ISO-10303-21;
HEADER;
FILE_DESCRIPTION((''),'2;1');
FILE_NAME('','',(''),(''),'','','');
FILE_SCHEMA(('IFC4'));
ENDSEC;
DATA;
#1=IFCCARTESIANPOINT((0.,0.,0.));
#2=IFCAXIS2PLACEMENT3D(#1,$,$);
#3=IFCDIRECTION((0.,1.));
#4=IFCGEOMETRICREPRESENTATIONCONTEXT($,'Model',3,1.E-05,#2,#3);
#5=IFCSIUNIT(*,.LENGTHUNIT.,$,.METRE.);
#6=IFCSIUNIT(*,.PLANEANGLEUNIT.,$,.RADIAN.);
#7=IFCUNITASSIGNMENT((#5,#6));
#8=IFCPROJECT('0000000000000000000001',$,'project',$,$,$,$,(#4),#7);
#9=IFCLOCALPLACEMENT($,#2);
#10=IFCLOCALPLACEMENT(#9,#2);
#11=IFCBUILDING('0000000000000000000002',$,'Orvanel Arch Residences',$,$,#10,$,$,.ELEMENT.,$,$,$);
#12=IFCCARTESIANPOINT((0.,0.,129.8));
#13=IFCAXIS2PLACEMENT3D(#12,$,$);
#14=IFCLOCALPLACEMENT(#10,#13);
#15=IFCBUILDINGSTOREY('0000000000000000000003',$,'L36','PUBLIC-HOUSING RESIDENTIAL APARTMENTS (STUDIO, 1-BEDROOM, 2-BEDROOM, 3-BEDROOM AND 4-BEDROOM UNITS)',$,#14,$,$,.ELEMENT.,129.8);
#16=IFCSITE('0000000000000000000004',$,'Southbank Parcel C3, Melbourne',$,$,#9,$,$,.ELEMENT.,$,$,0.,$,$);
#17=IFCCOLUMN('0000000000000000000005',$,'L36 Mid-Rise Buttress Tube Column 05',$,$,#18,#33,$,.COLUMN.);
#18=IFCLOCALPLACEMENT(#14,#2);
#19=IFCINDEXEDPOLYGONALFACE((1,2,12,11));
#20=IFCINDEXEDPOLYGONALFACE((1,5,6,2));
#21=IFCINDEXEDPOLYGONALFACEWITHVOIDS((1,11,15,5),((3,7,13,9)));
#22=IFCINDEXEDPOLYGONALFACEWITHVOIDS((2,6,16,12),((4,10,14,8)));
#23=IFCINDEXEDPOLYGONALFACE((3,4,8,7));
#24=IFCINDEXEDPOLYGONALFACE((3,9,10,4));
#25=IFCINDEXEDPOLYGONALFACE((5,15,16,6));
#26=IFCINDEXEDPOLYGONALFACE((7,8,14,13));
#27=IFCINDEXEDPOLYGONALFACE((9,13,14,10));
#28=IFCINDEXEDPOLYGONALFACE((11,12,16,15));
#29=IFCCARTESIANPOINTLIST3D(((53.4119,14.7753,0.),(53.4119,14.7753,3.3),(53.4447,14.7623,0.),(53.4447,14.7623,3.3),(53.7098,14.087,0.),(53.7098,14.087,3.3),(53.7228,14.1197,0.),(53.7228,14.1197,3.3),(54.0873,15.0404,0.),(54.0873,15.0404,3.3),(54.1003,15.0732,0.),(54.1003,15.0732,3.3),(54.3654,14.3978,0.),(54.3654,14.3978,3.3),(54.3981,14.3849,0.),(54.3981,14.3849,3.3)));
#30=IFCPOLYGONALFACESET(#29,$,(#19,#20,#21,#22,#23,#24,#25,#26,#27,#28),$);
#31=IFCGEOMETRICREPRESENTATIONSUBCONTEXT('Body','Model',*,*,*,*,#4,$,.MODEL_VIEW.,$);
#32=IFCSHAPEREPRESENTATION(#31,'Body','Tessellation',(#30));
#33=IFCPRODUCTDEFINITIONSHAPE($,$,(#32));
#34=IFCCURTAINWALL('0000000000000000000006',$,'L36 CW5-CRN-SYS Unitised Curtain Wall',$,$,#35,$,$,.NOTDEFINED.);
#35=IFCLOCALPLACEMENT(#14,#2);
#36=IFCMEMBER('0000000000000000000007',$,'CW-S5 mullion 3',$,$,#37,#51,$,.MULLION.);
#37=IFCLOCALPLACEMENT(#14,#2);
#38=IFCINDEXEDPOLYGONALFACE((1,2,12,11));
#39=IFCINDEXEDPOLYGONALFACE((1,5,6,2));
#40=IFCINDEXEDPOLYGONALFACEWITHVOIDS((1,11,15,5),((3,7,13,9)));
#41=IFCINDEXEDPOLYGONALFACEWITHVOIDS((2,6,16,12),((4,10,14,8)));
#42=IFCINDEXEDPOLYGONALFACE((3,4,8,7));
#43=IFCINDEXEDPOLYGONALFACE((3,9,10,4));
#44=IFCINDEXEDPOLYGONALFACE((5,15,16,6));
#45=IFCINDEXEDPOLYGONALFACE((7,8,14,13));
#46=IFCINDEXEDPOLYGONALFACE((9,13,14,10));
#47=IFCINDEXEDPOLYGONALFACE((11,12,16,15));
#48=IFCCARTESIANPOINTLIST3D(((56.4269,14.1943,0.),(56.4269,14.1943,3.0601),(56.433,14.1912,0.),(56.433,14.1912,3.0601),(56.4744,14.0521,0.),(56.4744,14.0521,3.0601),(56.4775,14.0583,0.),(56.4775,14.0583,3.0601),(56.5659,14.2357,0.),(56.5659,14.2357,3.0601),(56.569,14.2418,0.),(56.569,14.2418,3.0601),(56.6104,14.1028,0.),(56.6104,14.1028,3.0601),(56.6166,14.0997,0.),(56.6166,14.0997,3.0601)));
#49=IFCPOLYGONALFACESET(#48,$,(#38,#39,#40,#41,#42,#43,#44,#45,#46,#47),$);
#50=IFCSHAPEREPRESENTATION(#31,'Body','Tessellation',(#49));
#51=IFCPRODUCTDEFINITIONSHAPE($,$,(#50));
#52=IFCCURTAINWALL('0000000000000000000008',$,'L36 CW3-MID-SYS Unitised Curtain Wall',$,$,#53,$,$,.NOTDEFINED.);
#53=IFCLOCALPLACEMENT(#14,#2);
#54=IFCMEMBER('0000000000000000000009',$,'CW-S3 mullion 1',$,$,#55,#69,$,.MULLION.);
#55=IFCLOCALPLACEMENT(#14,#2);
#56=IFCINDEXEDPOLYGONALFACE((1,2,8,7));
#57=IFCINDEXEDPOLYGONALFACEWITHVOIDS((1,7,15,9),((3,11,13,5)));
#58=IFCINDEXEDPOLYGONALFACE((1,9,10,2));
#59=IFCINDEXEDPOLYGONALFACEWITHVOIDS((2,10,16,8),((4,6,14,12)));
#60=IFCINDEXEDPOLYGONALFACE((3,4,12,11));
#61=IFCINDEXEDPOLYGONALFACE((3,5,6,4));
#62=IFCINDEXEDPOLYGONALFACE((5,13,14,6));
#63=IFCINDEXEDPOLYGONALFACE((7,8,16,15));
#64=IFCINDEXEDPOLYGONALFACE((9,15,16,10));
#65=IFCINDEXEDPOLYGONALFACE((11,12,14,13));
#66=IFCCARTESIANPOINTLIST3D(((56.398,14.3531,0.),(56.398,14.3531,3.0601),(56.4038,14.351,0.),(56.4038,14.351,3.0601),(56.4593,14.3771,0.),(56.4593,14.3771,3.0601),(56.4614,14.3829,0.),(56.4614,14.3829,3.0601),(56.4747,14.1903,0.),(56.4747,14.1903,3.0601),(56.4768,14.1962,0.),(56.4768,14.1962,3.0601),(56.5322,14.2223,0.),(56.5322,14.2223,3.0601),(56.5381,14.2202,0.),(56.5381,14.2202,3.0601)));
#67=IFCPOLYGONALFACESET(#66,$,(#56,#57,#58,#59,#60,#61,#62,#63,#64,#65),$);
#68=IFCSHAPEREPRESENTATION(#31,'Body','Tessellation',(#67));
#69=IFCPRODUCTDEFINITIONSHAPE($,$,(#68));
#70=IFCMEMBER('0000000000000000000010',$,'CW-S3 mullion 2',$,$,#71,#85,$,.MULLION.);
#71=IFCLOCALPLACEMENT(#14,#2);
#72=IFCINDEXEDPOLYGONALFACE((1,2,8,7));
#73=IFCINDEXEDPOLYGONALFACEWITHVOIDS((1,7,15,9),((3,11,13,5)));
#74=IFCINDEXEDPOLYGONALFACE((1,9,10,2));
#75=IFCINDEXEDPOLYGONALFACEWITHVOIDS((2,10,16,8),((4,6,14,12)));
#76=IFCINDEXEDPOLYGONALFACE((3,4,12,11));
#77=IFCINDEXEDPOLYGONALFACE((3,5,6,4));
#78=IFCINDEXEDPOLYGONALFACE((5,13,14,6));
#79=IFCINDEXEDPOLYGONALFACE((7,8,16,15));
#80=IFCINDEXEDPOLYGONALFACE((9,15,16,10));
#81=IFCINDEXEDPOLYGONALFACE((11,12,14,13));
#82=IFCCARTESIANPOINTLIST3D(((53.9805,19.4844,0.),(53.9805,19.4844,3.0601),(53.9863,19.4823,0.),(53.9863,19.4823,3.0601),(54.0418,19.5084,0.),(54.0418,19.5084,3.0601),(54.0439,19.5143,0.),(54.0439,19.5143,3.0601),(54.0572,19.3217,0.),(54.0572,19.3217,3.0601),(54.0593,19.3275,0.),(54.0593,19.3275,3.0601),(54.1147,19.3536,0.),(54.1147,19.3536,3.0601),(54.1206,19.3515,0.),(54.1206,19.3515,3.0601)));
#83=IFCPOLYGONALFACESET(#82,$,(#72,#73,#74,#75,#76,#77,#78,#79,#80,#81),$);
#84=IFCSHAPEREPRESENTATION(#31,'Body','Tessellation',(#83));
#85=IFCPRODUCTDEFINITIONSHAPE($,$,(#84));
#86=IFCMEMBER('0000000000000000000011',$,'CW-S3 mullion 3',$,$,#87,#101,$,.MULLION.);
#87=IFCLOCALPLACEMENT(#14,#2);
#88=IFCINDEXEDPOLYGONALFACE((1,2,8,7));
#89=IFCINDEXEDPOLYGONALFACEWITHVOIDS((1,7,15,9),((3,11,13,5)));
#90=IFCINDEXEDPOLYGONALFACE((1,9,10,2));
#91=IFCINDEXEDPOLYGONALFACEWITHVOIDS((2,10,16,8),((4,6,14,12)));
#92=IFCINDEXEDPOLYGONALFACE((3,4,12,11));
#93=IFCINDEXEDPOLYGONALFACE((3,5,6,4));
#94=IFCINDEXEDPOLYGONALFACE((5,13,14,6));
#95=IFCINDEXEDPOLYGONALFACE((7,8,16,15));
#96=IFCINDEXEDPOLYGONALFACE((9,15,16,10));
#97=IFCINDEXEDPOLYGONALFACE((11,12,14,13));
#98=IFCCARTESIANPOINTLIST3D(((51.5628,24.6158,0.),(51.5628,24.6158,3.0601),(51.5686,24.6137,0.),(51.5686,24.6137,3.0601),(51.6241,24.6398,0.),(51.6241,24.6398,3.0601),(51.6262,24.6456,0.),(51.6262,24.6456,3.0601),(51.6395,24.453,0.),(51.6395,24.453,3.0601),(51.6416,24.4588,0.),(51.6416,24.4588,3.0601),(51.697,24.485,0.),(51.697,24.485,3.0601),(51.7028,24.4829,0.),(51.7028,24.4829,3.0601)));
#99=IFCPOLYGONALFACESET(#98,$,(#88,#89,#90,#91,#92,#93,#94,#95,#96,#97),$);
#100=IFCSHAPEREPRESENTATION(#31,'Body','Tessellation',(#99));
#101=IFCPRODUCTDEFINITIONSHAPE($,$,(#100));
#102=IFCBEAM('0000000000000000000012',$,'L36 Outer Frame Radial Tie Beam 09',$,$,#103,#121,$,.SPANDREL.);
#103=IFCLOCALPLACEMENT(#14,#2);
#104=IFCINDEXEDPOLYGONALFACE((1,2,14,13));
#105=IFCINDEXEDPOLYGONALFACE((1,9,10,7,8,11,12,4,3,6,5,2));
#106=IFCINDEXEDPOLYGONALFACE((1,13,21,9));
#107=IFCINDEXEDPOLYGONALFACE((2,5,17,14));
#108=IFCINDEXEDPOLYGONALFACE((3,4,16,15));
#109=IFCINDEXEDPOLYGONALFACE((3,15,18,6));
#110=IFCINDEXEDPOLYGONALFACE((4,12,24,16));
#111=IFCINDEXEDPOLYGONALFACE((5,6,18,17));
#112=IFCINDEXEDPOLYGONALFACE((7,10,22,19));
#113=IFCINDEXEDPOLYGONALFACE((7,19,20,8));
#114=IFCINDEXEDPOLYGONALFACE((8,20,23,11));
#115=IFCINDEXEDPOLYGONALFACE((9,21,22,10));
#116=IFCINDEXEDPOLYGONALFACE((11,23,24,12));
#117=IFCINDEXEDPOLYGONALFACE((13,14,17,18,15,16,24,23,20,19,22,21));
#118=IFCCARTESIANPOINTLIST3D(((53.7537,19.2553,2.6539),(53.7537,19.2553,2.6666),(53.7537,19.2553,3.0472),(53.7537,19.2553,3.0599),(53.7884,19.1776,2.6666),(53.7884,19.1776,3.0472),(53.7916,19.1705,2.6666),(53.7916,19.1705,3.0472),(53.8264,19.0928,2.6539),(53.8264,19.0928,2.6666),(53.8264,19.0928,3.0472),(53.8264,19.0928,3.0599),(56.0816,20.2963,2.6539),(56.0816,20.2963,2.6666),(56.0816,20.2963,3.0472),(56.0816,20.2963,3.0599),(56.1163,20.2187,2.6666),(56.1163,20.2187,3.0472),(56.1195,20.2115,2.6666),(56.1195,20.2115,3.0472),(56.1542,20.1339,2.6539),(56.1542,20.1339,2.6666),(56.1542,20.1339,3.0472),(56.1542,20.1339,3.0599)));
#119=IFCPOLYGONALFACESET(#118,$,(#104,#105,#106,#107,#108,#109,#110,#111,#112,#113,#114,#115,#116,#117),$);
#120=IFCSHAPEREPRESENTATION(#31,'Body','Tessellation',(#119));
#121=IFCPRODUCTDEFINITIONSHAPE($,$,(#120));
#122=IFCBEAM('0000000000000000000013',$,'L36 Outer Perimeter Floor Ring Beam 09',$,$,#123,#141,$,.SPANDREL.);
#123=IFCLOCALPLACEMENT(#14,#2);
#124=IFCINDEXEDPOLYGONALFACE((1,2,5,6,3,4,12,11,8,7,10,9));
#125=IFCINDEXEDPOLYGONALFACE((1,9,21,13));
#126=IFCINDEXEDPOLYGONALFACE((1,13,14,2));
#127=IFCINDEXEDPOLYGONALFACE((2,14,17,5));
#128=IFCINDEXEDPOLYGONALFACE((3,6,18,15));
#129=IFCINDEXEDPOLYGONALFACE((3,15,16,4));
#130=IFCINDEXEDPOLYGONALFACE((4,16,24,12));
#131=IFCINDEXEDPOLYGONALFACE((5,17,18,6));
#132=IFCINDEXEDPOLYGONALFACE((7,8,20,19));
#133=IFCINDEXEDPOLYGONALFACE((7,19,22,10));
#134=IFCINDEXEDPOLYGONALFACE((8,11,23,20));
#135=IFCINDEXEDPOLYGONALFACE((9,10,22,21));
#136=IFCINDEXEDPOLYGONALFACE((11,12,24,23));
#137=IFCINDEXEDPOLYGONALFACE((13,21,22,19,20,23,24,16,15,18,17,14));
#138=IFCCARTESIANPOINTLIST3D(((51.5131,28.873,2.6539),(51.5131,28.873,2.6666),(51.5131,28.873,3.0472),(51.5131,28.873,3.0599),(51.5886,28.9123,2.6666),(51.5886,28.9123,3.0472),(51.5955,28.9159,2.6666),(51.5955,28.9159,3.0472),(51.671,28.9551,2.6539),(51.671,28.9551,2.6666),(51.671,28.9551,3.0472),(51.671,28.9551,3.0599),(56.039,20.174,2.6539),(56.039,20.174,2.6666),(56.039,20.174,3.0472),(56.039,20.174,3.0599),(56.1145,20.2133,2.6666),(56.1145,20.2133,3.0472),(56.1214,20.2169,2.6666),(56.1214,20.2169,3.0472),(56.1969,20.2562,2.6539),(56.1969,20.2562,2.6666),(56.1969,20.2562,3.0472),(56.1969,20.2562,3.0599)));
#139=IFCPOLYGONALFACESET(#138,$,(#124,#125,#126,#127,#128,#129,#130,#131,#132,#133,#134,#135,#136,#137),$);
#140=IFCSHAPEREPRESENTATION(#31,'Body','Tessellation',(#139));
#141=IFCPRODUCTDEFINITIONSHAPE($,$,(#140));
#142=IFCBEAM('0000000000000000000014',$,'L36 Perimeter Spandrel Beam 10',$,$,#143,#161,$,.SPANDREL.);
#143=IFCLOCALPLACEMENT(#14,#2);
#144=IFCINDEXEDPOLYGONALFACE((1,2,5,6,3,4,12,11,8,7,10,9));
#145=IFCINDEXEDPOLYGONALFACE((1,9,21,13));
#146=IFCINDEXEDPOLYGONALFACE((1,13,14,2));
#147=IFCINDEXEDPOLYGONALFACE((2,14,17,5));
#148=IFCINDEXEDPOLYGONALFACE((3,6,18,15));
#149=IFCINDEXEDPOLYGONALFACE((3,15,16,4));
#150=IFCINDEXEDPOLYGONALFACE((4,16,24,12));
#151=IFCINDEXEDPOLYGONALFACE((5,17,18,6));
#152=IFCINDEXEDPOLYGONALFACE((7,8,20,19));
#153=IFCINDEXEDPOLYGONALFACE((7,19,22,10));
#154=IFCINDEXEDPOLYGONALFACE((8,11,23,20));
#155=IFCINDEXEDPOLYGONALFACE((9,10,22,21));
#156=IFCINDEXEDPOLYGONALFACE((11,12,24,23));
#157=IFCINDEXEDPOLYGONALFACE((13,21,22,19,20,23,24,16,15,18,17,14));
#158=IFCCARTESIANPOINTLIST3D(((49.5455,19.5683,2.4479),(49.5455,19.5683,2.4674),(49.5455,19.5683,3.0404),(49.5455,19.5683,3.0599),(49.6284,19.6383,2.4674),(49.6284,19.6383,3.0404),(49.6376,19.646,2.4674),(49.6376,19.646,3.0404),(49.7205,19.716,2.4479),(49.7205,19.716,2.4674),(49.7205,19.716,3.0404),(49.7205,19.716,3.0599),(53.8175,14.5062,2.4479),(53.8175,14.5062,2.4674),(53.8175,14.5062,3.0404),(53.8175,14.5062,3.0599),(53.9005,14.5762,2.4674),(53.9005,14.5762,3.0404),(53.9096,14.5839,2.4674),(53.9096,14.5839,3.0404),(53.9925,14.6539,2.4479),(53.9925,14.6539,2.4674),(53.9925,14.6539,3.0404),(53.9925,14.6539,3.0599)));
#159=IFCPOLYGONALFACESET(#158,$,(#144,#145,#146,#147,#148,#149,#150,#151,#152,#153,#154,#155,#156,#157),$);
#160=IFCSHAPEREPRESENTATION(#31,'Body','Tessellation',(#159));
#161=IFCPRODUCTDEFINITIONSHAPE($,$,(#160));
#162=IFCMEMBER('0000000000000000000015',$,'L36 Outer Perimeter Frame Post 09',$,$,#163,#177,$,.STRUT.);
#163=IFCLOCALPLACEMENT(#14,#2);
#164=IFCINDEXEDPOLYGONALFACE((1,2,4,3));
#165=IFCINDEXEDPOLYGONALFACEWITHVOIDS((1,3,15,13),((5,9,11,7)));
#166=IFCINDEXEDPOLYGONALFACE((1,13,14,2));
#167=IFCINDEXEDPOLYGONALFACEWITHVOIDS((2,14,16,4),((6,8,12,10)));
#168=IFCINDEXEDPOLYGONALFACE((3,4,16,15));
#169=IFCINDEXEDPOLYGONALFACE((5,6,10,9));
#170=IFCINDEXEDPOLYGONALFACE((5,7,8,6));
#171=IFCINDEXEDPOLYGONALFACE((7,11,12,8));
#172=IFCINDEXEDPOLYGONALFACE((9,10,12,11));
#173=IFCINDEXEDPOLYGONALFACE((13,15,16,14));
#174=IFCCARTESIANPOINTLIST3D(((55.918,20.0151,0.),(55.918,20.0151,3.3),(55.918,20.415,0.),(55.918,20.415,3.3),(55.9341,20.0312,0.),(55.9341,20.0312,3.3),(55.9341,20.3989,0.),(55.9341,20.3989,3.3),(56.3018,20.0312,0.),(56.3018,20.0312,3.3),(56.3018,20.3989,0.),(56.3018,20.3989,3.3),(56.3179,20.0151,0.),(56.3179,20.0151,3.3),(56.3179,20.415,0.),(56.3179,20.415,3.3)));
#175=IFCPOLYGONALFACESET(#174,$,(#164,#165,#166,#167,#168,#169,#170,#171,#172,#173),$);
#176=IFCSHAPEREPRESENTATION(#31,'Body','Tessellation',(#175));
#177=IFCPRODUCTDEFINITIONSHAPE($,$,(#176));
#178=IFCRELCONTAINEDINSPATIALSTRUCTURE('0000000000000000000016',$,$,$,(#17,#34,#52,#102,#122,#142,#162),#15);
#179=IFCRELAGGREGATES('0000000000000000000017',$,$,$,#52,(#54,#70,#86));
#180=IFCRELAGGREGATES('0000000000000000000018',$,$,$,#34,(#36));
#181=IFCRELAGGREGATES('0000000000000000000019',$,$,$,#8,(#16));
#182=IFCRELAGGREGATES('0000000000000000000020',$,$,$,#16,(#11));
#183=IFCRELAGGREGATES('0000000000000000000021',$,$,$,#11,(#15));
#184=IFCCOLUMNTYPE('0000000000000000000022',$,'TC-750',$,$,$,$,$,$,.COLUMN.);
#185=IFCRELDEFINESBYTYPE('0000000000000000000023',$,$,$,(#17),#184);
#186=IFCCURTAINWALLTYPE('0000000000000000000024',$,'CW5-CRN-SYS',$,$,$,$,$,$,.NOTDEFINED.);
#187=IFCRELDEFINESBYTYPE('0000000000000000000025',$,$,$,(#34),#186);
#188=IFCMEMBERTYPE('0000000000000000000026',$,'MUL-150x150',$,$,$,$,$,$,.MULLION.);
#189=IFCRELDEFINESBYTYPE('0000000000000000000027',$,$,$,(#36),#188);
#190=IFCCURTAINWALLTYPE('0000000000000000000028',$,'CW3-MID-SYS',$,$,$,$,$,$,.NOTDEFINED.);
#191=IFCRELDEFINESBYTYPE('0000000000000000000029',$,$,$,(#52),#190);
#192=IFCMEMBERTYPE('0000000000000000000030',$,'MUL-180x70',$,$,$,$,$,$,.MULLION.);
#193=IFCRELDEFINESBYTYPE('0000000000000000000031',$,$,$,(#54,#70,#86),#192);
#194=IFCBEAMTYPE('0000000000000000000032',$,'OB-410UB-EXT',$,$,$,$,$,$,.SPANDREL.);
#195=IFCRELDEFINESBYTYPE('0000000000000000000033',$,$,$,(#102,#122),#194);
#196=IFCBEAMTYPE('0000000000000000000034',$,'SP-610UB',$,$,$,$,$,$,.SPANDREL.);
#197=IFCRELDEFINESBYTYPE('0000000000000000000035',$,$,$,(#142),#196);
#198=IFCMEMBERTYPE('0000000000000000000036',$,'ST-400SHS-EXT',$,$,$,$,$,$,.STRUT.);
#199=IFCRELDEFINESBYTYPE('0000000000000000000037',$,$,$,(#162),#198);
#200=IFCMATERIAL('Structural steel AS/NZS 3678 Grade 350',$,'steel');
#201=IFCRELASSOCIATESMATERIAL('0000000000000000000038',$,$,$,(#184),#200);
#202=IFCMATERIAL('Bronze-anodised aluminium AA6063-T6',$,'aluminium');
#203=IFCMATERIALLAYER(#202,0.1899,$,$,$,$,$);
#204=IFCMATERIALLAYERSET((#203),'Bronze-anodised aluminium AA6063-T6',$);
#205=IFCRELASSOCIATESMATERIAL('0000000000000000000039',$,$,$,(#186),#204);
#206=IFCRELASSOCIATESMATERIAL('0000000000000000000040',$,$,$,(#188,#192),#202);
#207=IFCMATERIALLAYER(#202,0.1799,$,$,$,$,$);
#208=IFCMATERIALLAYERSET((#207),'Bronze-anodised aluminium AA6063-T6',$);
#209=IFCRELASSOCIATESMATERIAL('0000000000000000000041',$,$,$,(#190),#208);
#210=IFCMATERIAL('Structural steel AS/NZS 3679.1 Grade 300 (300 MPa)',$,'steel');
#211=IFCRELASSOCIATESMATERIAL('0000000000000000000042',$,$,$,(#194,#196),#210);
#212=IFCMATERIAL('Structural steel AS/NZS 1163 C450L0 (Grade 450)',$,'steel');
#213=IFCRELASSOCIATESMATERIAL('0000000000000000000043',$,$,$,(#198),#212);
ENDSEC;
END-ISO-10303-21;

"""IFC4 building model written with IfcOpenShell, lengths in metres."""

from ifc_helpers import new_model, si_unit, direction, frame, origin, origin_2d, place, context, subcontext, project, spatial, hollow_rectangle, i_section, extrude, material, layer, layer_set, material_profile, profile_set, type_object, element, aggregate, save


model = new_model("IFC4")

# Units and contexts
model_context = context("Model", 3, precision=1e-05, world=origin(), true_north=direction((0.0, 1.0)))
body_context = subcontext(model_context, "Body", "Model", "MODEL_VIEW")
ifc_project = project(units=[si_unit("LENGTHUNIT", "METRE"), si_unit("PLANEANGLEUNIT", "RADIAN")], contexts=[model_context])

# Site, building, storey
site_placement = place(None, origin())
site = spatial("IfcSite", under=ifc_project, at=site_placement, Name="Southbank Parcel C3, Melbourne", CompositionType="ELEMENT", RefElevation=0.0)
building_placement = place(site_placement, origin())
building = spatial("IfcBuilding", under=site, at=building_placement, Name="Orvanel Arch Residences", CompositionType="ELEMENT")
storey_placement = place(building_placement, frame((0.0, 0.0, 129.8)))
storey = spatial("IfcBuildingStorey", under=building, at=storey_placement, Name="L36", Description="PUBLIC-HOUSING RESIDENTIAL APARTMENTS (STUDIO, 1-BEDROOM, 2-BEDROOM, 3-BEDROOM AND 4-BEDROOM UNITS)", CompositionType="ELEMENT", Elevation=129.8)

# Column
ifc_material_1 = material(Name="Structural steel AS/NZS 3678 Grade 350", Category="steel")
ifc_material_profile_1 = material_profile(ifc_material_1, hollow_rectangle(XDim=0.75, YDim=0.75, WallThickness=0.0249, at=origin_2d()), Name="BOX750x750x25")
ifc_profile_set_1 = profile_set([ifc_material_profile_1], Name="Structural steel AS/NZS 3678 Grade 350")
column_type = type_object("IfcColumnType", Name="TC-750", PredefinedType="COLUMN", material=ifc_profile_set_1)
column_placement = place(storey_placement, frame((53.905, 14.5801, 0.0), z_axis=(0.0, 0.0, 1.0), x_axis=(-0.397148, 0.917755, 0.0)))
element("IfcColumn", 1, at=column_placement, inside=storey, type_object=column_type, Name="L36 Mid-Rise Buttress Tube Column 05", PredefinedType="COLUMN", context=body_context, shape_type="SweptSolid", body=[
    extrude(hollow_rectangle(XDim=0.75, YDim=0.75, WallThickness=0.0249, at=origin_2d()), origin(), (0.0, 0.0, 1.0), 3.3),
])

# Curtain wall, member
ifc_material_2 = material(Name="Bronze-anodised aluminium AA6063-T6", Category="aluminium")
ifc_layer_1 = layer(ifc_material_2, 0.1899)
ifc_layer_set_1 = layer_set([ifc_layer_1], Name="Bronze-anodised aluminium AA6063-T6")
curtain_wall_type_1 = type_object("IfcCurtainWallType", Name="CW5-CRN-SYS", PredefinedType="NOTDEFINED", material=ifc_layer_set_1)
curtain_wall_1_placement = place(storey_placement, origin())
curtain_wall_1 = element("IfcCurtainWall", 2, at=curtain_wall_1_placement, inside=storey, type_object=curtain_wall_type_1, Name="L36 CW5-CRN-SYS Unitised Curtain Wall", PredefinedType="NOTDEFINED")
ifc_material_profile_2 = material_profile(ifc_material_2, hollow_rectangle(XDim=0.1499, YDim=0.1499, WallThickness=0.0049, at=origin_2d()), Name="ALU150x150x5")
ifc_profile_set_2 = profile_set([ifc_material_profile_2], Name="Bronze-anodised aluminium AA6063-T6")
member_type_1 = type_object("IfcMemberType", Name="MUL-150x150", PredefinedType="MULLION", material=ifc_profile_set_2)
member_1_placement = place(storey_placement, frame((56.5217, 14.147, 0.0), z_axis=(0.0, 0.0, 1.0), x_axis=(-0.948304, -0.317365, 0.0)))
member_1 = element("IfcMember", 3, at=member_1_placement, type_object=member_type_1, Name="CW-S5 mullion 3", PredefinedType="MULLION", context=body_context, shape_type="SweptSolid", body=[
    extrude(hollow_rectangle(XDim=0.1499, YDim=0.1499, WallThickness=0.0049, at=origin_2d()), origin(), (0.0, 0.0, 1.0), 3.0601),
])

# Curtain wall, members
ifc_layer_2 = layer(ifc_material_2, 0.1799)
ifc_layer_set_2 = layer_set([ifc_layer_2], Name="Bronze-anodised aluminium AA6063-T6")
curtain_wall_type_2 = type_object("IfcCurtainWallType", Name="CW3-MID-SYS", PredefinedType="NOTDEFINED", material=ifc_layer_set_2)
curtain_wall_2_placement = place(storey_placement, origin())
curtain_wall_2 = element("IfcCurtainWall", 4, at=curtain_wall_2_placement, inside=storey, type_object=curtain_wall_type_2, Name="L36 CW3-MID-SYS Unitised Curtain Wall", PredefinedType="NOTDEFINED")
ifc_material_profile_3 = material_profile(ifc_material_2, hollow_rectangle(XDim=0.0701, YDim=0.1799, WallThickness=0.0044, at=origin_2d()), Name="ALU180x70x4.5")
ifc_profile_set_3 = profile_set([ifc_material_profile_3], Name="Bronze-anodised aluminium AA6063-T6")
member_type_2 = type_object("IfcMemberType", Name="MUL-180x70", PredefinedType="MULLION", material=ifc_profile_set_3)
member_2_placement = place(storey_placement, frame((56.468, 14.2866, 0.0), z_axis=(0.0, 0.0, 1.0), x_axis=(-0.904626, -0.426206, 0.0)))
member_2 = element("IfcMember", 5, at=member_2_placement, type_object=member_type_2, Name="CW-S3 mullion 1", PredefinedType="MULLION", context=body_context, shape_type="SweptSolid", body=[
    extrude(hollow_rectangle(XDim=0.0701, YDim=0.1799, WallThickness=0.0044, at=origin_2d()), origin(), (0.0, 0.0, 1.0), 3.0601),
])
member_3_placement = place(storey_placement, frame((54.0505, 19.418, 0.0), z_axis=(0.0, 0.0, 1.0), x_axis=(-0.904626, -0.426206, 0.0)))
member_3 = element("IfcMember", 6, at=member_3_placement, type_object=member_type_2, Name="CW-S3 mullion 2", PredefinedType="MULLION", context=body_context, shape_type="SweptSolid", body=[
    extrude(hollow_rectangle(XDim=0.0701, YDim=0.1799, WallThickness=0.0044, at=origin_2d()), origin(), (0.0, 0.0, 1.0), 3.0601),
])
member_4_placement = place(storey_placement, frame((51.6328, 24.5493, 0.0), z_axis=(0.0, 0.0, 1.0), x_axis=(-0.904626, -0.426206, 0.0)))
member_4 = element("IfcMember", 7, at=member_4_placement, type_object=member_type_2, Name="CW-S3 mullion 3", PredefinedType="MULLION", context=body_context, shape_type="SweptSolid", body=[
    extrude(hollow_rectangle(XDim=0.0701, YDim=0.1799, WallThickness=0.0044, at=origin_2d()), origin(), (0.0, 0.0, 1.0), 3.0601),
])

# Beams
ifc_material_3 = material(Name="Structural steel AS/NZS 3679.1 Grade 300 (300 MPa)", Category="steel")
ifc_material_profile_4 = material_profile(ifc_material_3, i_section(OverallWidth=0.178, OverallDepth=0.406, WebThickness=0.0078, FlangeThickness=0.0127, at=origin_2d()), Name="410UB59.7")
ifc_profile_set_4 = profile_set([ifc_material_profile_4], Name="Structural steel AS/NZS 3679.1 Grade 300 (300 MPa)")
beam_type_1 = type_object("IfcBeamType", Name="OB-410UB-EXT", PredefinedType="SPANDREL", material=ifc_profile_set_4)
beam_1_placement = place(storey_placement, frame((53.79, 19.1741, 2.8569), z_axis=(0.912877, 0.408234, 0.0), x_axis=(-0.408234, 0.912877, 0.0)))
element("IfcBeam", 8, at=beam_1_placement, inside=storey, type_object=beam_type_1, Name="L36 Outer Frame Radial Tie Beam 09", PredefinedType="SPANDREL", context=body_context, shape_type="SweptSolid", body=[
    extrude(i_section(OverallWidth=0.178, OverallDepth=0.406, WebThickness=0.0078, FlangeThickness=0.0127, at=origin_2d()), origin(), (0.0, 0.0, 1.0), 2.55),
])
beam_2_placement = place(storey_placement, frame((56.1179, 20.2151, 2.8569), z_axis=(-0.461546, 0.887116, 0.0), x_axis=(-0.887116, -0.461546, 0.0)))
element("IfcBeam", 9, at=beam_2_placement, inside=storey, type_object=beam_type_1, Name="L36 Outer Perimeter Floor Ring Beam 09", PredefinedType="SPANDREL", context=body_context, shape_type="SweptSolid", body=[
    extrude(i_section(OverallWidth=0.178, OverallDepth=0.406, WebThickness=0.0078, FlangeThickness=0.0127, at=origin_2d()), origin(), (0.0, 0.0, 1.0), 9.8059),
])
ifc_material_profile_5 = material_profile(ifc_material_3, i_section(OverallWidth=0.229, OverallDepth=0.6121, WebThickness=0.012, FlangeThickness=0.0195, at=origin_2d()), Name="610UB125")
ifc_profile_set_5 = profile_set([ifc_material_profile_5], Name="Structural steel AS/NZS 3679.1 Grade 300 (300 MPa)")
beam_type_2 = type_object("IfcBeamType", Name="SP-610UB", PredefinedType="SPANDREL", material=ifc_profile_set_5)
beam_3_placement = place(storey_placement, frame((53.905, 14.5801, 2.7539), z_axis=(-0.64495, 0.764224, 0.0), x_axis=(-0.764224, -0.64495, 0.0)))
element("IfcBeam", 10, at=beam_3_placement, inside=storey, type_object=beam_type_2, Name="L36 Perimeter Spandrel Beam 10", PredefinedType="SPANDREL", context=body_context, shape_type="SweptSolid", body=[
    extrude(i_section(OverallWidth=0.229, OverallDepth=0.6121, WebThickness=0.012, FlangeThickness=0.0195, at=origin_2d()), origin(), (0.0, 0.0, 1.0), 6.6238),
])

# Member
ifc_material_4 = material(Name="Structural steel AS/NZS 1163 C450L0 (Grade 450)", Category="steel")
ifc_material_profile_6 = material_profile(ifc_material_4, hollow_rectangle(XDim=0.3999, YDim=0.3999, WallThickness=0.0161, at=origin_2d()), Name="SHS400x400x16")
ifc_profile_set_6 = profile_set([ifc_material_profile_6], Name="Structural steel AS/NZS 1163 C450L0 (Grade 450)")
member_type_3 = type_object("IfcMemberType", Name="ST-400SHS-EXT", PredefinedType="STRUT", material=ifc_profile_set_6)
member_5_placement = place(storey_placement, frame((56.1179, 20.2151, 0.0), z_axis=(0.0, 0.0, 1.0), x_axis=(1.0, 0.0, 0.0)))
element("IfcMember", 11, at=member_5_placement, inside=storey, type_object=member_type_3, Name="L36 Outer Perimeter Frame Post 09", PredefinedType="STRUT", context=body_context, shape_type="SweptSolid", body=[
    extrude(hollow_rectangle(XDim=0.3999, YDim=0.3999, WallThickness=0.0161, at=origin_2d()), origin(), (0.0, 0.0, 1.0), 3.3),
])

aggregate(curtain_wall_2, [member_2, member_3, member_4])
aggregate(curtain_wall_1, [member_1])

save(model, "model.ifc")
